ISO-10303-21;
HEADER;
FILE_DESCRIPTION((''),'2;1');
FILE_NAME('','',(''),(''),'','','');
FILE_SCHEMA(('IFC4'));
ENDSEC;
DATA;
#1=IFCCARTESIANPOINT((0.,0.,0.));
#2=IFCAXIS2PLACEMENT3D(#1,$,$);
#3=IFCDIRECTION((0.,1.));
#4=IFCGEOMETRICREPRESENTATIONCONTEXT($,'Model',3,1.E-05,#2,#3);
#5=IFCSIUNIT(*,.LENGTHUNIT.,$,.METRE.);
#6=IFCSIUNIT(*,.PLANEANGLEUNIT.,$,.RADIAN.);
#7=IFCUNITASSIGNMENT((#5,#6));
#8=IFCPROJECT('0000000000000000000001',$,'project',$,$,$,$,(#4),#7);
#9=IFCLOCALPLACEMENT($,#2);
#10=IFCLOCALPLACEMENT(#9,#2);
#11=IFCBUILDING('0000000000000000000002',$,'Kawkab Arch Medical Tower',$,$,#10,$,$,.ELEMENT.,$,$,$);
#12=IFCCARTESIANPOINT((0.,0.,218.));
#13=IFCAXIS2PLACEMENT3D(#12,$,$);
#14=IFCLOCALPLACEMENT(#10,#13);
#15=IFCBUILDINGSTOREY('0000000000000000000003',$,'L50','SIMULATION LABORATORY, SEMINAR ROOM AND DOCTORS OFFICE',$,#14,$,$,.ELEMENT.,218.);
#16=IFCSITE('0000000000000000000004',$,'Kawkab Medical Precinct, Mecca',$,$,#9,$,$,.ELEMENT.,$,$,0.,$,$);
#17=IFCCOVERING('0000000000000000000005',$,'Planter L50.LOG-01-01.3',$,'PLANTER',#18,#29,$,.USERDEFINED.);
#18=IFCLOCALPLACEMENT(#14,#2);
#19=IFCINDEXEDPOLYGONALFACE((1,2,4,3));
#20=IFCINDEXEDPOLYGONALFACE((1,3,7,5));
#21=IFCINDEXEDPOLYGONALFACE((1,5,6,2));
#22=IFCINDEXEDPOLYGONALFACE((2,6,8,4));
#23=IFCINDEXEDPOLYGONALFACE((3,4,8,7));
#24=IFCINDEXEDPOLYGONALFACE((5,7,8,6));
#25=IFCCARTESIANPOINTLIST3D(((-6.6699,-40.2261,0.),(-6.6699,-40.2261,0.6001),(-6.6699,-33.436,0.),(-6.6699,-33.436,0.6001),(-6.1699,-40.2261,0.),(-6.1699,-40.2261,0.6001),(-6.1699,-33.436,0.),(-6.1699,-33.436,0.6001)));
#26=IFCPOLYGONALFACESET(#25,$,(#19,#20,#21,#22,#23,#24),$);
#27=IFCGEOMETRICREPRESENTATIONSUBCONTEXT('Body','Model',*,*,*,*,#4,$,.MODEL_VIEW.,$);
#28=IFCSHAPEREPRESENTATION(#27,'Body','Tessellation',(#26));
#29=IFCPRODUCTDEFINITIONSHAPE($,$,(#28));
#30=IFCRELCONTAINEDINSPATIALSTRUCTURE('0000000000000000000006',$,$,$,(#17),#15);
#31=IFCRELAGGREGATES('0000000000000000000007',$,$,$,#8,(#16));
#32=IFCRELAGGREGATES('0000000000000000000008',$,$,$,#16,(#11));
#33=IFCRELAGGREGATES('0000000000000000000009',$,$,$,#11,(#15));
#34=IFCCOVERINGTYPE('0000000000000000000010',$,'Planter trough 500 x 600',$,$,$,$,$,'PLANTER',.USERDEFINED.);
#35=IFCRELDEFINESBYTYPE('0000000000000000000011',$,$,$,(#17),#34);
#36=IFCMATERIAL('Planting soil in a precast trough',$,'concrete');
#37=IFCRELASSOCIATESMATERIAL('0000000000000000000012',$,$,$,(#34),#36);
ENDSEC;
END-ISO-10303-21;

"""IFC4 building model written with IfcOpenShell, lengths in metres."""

from ifc_helpers import new_model, si_unit, direction, frame, origin, origin_2d, place, context, subcontext, project, spatial, rectangle, extrude, material, material_profile, profile_set, type_object, element, save


model = new_model("IFC4")

# Units and contexts
model_context = context("Model", 3, precision=1e-05, world=origin(), true_north=direction((0.0, 1.0)))
body_context = subcontext(model_context, "Body", "Model", "MODEL_VIEW")
ifc_project = project(units=[si_unit("LENGTHUNIT", "METRE"), si_unit("PLANEANGLEUNIT", "RADIAN")], contexts=[model_context])

# Site, building, storey
site_placement = place(None, origin())
site = spatial("IfcSite", under=ifc_project, at=site_placement, Name="Kawkab Medical Precinct, Mecca", CompositionType="ELEMENT", RefElevation=0.0)
building_placement = place(site_placement, origin())
building = spatial("IfcBuilding", under=site, at=building_placement, Name="Kawkab Arch Medical Tower", CompositionType="ELEMENT")
storey_placement = place(building_placement, frame((0.0, 0.0, 218.0)))
storey = spatial("IfcBuildingStorey", under=building, at=storey_placement, Name="L50", Description="SIMULATION LABORATORY, SEMINAR ROOM AND DOCTORS OFFICE", CompositionType="ELEMENT", Elevation=218.0)

# Covering
ifc_material_1 = material(Name="Planting soil in a precast trough", Category="concrete")
ifc_material_profile_1 = material_profile(ifc_material_1, rectangle(XDim=0.5, YDim=0.6001, at=origin_2d()), Name="Trough 500x600")
ifc_profile_set_1 = profile_set([ifc_material_profile_1], Name="Planting soil in a precast trough")
covering_type = type_object("IfcCoveringType", Name="Planter trough 500 x 600", ElementType="PLANTER", PredefinedType="USERDEFINED", material=ifc_profile_set_1)
covering_1_placement = place(storey_placement, frame((-6.4199, -40.2261, 0.3), z_axis=(0.0, 1.0, 0.0), x_axis=(-1.0, 0.0, 0.0)))
element("IfcCovering", 1, at=covering_1_placement, inside=storey, type_object=covering_type, Name="Planter L50.LOG-01-01.3", ObjectType="PLANTER", PredefinedType="USERDEFINED", context=body_context, shape_type="SweptSolid", body=[
    extrude(rectangle(XDim=0.5, YDim=0.6001, at=origin_2d()), origin(), (0.0, 0.0, 1.0), 6.79),
])

save(model, "model.ifc")
